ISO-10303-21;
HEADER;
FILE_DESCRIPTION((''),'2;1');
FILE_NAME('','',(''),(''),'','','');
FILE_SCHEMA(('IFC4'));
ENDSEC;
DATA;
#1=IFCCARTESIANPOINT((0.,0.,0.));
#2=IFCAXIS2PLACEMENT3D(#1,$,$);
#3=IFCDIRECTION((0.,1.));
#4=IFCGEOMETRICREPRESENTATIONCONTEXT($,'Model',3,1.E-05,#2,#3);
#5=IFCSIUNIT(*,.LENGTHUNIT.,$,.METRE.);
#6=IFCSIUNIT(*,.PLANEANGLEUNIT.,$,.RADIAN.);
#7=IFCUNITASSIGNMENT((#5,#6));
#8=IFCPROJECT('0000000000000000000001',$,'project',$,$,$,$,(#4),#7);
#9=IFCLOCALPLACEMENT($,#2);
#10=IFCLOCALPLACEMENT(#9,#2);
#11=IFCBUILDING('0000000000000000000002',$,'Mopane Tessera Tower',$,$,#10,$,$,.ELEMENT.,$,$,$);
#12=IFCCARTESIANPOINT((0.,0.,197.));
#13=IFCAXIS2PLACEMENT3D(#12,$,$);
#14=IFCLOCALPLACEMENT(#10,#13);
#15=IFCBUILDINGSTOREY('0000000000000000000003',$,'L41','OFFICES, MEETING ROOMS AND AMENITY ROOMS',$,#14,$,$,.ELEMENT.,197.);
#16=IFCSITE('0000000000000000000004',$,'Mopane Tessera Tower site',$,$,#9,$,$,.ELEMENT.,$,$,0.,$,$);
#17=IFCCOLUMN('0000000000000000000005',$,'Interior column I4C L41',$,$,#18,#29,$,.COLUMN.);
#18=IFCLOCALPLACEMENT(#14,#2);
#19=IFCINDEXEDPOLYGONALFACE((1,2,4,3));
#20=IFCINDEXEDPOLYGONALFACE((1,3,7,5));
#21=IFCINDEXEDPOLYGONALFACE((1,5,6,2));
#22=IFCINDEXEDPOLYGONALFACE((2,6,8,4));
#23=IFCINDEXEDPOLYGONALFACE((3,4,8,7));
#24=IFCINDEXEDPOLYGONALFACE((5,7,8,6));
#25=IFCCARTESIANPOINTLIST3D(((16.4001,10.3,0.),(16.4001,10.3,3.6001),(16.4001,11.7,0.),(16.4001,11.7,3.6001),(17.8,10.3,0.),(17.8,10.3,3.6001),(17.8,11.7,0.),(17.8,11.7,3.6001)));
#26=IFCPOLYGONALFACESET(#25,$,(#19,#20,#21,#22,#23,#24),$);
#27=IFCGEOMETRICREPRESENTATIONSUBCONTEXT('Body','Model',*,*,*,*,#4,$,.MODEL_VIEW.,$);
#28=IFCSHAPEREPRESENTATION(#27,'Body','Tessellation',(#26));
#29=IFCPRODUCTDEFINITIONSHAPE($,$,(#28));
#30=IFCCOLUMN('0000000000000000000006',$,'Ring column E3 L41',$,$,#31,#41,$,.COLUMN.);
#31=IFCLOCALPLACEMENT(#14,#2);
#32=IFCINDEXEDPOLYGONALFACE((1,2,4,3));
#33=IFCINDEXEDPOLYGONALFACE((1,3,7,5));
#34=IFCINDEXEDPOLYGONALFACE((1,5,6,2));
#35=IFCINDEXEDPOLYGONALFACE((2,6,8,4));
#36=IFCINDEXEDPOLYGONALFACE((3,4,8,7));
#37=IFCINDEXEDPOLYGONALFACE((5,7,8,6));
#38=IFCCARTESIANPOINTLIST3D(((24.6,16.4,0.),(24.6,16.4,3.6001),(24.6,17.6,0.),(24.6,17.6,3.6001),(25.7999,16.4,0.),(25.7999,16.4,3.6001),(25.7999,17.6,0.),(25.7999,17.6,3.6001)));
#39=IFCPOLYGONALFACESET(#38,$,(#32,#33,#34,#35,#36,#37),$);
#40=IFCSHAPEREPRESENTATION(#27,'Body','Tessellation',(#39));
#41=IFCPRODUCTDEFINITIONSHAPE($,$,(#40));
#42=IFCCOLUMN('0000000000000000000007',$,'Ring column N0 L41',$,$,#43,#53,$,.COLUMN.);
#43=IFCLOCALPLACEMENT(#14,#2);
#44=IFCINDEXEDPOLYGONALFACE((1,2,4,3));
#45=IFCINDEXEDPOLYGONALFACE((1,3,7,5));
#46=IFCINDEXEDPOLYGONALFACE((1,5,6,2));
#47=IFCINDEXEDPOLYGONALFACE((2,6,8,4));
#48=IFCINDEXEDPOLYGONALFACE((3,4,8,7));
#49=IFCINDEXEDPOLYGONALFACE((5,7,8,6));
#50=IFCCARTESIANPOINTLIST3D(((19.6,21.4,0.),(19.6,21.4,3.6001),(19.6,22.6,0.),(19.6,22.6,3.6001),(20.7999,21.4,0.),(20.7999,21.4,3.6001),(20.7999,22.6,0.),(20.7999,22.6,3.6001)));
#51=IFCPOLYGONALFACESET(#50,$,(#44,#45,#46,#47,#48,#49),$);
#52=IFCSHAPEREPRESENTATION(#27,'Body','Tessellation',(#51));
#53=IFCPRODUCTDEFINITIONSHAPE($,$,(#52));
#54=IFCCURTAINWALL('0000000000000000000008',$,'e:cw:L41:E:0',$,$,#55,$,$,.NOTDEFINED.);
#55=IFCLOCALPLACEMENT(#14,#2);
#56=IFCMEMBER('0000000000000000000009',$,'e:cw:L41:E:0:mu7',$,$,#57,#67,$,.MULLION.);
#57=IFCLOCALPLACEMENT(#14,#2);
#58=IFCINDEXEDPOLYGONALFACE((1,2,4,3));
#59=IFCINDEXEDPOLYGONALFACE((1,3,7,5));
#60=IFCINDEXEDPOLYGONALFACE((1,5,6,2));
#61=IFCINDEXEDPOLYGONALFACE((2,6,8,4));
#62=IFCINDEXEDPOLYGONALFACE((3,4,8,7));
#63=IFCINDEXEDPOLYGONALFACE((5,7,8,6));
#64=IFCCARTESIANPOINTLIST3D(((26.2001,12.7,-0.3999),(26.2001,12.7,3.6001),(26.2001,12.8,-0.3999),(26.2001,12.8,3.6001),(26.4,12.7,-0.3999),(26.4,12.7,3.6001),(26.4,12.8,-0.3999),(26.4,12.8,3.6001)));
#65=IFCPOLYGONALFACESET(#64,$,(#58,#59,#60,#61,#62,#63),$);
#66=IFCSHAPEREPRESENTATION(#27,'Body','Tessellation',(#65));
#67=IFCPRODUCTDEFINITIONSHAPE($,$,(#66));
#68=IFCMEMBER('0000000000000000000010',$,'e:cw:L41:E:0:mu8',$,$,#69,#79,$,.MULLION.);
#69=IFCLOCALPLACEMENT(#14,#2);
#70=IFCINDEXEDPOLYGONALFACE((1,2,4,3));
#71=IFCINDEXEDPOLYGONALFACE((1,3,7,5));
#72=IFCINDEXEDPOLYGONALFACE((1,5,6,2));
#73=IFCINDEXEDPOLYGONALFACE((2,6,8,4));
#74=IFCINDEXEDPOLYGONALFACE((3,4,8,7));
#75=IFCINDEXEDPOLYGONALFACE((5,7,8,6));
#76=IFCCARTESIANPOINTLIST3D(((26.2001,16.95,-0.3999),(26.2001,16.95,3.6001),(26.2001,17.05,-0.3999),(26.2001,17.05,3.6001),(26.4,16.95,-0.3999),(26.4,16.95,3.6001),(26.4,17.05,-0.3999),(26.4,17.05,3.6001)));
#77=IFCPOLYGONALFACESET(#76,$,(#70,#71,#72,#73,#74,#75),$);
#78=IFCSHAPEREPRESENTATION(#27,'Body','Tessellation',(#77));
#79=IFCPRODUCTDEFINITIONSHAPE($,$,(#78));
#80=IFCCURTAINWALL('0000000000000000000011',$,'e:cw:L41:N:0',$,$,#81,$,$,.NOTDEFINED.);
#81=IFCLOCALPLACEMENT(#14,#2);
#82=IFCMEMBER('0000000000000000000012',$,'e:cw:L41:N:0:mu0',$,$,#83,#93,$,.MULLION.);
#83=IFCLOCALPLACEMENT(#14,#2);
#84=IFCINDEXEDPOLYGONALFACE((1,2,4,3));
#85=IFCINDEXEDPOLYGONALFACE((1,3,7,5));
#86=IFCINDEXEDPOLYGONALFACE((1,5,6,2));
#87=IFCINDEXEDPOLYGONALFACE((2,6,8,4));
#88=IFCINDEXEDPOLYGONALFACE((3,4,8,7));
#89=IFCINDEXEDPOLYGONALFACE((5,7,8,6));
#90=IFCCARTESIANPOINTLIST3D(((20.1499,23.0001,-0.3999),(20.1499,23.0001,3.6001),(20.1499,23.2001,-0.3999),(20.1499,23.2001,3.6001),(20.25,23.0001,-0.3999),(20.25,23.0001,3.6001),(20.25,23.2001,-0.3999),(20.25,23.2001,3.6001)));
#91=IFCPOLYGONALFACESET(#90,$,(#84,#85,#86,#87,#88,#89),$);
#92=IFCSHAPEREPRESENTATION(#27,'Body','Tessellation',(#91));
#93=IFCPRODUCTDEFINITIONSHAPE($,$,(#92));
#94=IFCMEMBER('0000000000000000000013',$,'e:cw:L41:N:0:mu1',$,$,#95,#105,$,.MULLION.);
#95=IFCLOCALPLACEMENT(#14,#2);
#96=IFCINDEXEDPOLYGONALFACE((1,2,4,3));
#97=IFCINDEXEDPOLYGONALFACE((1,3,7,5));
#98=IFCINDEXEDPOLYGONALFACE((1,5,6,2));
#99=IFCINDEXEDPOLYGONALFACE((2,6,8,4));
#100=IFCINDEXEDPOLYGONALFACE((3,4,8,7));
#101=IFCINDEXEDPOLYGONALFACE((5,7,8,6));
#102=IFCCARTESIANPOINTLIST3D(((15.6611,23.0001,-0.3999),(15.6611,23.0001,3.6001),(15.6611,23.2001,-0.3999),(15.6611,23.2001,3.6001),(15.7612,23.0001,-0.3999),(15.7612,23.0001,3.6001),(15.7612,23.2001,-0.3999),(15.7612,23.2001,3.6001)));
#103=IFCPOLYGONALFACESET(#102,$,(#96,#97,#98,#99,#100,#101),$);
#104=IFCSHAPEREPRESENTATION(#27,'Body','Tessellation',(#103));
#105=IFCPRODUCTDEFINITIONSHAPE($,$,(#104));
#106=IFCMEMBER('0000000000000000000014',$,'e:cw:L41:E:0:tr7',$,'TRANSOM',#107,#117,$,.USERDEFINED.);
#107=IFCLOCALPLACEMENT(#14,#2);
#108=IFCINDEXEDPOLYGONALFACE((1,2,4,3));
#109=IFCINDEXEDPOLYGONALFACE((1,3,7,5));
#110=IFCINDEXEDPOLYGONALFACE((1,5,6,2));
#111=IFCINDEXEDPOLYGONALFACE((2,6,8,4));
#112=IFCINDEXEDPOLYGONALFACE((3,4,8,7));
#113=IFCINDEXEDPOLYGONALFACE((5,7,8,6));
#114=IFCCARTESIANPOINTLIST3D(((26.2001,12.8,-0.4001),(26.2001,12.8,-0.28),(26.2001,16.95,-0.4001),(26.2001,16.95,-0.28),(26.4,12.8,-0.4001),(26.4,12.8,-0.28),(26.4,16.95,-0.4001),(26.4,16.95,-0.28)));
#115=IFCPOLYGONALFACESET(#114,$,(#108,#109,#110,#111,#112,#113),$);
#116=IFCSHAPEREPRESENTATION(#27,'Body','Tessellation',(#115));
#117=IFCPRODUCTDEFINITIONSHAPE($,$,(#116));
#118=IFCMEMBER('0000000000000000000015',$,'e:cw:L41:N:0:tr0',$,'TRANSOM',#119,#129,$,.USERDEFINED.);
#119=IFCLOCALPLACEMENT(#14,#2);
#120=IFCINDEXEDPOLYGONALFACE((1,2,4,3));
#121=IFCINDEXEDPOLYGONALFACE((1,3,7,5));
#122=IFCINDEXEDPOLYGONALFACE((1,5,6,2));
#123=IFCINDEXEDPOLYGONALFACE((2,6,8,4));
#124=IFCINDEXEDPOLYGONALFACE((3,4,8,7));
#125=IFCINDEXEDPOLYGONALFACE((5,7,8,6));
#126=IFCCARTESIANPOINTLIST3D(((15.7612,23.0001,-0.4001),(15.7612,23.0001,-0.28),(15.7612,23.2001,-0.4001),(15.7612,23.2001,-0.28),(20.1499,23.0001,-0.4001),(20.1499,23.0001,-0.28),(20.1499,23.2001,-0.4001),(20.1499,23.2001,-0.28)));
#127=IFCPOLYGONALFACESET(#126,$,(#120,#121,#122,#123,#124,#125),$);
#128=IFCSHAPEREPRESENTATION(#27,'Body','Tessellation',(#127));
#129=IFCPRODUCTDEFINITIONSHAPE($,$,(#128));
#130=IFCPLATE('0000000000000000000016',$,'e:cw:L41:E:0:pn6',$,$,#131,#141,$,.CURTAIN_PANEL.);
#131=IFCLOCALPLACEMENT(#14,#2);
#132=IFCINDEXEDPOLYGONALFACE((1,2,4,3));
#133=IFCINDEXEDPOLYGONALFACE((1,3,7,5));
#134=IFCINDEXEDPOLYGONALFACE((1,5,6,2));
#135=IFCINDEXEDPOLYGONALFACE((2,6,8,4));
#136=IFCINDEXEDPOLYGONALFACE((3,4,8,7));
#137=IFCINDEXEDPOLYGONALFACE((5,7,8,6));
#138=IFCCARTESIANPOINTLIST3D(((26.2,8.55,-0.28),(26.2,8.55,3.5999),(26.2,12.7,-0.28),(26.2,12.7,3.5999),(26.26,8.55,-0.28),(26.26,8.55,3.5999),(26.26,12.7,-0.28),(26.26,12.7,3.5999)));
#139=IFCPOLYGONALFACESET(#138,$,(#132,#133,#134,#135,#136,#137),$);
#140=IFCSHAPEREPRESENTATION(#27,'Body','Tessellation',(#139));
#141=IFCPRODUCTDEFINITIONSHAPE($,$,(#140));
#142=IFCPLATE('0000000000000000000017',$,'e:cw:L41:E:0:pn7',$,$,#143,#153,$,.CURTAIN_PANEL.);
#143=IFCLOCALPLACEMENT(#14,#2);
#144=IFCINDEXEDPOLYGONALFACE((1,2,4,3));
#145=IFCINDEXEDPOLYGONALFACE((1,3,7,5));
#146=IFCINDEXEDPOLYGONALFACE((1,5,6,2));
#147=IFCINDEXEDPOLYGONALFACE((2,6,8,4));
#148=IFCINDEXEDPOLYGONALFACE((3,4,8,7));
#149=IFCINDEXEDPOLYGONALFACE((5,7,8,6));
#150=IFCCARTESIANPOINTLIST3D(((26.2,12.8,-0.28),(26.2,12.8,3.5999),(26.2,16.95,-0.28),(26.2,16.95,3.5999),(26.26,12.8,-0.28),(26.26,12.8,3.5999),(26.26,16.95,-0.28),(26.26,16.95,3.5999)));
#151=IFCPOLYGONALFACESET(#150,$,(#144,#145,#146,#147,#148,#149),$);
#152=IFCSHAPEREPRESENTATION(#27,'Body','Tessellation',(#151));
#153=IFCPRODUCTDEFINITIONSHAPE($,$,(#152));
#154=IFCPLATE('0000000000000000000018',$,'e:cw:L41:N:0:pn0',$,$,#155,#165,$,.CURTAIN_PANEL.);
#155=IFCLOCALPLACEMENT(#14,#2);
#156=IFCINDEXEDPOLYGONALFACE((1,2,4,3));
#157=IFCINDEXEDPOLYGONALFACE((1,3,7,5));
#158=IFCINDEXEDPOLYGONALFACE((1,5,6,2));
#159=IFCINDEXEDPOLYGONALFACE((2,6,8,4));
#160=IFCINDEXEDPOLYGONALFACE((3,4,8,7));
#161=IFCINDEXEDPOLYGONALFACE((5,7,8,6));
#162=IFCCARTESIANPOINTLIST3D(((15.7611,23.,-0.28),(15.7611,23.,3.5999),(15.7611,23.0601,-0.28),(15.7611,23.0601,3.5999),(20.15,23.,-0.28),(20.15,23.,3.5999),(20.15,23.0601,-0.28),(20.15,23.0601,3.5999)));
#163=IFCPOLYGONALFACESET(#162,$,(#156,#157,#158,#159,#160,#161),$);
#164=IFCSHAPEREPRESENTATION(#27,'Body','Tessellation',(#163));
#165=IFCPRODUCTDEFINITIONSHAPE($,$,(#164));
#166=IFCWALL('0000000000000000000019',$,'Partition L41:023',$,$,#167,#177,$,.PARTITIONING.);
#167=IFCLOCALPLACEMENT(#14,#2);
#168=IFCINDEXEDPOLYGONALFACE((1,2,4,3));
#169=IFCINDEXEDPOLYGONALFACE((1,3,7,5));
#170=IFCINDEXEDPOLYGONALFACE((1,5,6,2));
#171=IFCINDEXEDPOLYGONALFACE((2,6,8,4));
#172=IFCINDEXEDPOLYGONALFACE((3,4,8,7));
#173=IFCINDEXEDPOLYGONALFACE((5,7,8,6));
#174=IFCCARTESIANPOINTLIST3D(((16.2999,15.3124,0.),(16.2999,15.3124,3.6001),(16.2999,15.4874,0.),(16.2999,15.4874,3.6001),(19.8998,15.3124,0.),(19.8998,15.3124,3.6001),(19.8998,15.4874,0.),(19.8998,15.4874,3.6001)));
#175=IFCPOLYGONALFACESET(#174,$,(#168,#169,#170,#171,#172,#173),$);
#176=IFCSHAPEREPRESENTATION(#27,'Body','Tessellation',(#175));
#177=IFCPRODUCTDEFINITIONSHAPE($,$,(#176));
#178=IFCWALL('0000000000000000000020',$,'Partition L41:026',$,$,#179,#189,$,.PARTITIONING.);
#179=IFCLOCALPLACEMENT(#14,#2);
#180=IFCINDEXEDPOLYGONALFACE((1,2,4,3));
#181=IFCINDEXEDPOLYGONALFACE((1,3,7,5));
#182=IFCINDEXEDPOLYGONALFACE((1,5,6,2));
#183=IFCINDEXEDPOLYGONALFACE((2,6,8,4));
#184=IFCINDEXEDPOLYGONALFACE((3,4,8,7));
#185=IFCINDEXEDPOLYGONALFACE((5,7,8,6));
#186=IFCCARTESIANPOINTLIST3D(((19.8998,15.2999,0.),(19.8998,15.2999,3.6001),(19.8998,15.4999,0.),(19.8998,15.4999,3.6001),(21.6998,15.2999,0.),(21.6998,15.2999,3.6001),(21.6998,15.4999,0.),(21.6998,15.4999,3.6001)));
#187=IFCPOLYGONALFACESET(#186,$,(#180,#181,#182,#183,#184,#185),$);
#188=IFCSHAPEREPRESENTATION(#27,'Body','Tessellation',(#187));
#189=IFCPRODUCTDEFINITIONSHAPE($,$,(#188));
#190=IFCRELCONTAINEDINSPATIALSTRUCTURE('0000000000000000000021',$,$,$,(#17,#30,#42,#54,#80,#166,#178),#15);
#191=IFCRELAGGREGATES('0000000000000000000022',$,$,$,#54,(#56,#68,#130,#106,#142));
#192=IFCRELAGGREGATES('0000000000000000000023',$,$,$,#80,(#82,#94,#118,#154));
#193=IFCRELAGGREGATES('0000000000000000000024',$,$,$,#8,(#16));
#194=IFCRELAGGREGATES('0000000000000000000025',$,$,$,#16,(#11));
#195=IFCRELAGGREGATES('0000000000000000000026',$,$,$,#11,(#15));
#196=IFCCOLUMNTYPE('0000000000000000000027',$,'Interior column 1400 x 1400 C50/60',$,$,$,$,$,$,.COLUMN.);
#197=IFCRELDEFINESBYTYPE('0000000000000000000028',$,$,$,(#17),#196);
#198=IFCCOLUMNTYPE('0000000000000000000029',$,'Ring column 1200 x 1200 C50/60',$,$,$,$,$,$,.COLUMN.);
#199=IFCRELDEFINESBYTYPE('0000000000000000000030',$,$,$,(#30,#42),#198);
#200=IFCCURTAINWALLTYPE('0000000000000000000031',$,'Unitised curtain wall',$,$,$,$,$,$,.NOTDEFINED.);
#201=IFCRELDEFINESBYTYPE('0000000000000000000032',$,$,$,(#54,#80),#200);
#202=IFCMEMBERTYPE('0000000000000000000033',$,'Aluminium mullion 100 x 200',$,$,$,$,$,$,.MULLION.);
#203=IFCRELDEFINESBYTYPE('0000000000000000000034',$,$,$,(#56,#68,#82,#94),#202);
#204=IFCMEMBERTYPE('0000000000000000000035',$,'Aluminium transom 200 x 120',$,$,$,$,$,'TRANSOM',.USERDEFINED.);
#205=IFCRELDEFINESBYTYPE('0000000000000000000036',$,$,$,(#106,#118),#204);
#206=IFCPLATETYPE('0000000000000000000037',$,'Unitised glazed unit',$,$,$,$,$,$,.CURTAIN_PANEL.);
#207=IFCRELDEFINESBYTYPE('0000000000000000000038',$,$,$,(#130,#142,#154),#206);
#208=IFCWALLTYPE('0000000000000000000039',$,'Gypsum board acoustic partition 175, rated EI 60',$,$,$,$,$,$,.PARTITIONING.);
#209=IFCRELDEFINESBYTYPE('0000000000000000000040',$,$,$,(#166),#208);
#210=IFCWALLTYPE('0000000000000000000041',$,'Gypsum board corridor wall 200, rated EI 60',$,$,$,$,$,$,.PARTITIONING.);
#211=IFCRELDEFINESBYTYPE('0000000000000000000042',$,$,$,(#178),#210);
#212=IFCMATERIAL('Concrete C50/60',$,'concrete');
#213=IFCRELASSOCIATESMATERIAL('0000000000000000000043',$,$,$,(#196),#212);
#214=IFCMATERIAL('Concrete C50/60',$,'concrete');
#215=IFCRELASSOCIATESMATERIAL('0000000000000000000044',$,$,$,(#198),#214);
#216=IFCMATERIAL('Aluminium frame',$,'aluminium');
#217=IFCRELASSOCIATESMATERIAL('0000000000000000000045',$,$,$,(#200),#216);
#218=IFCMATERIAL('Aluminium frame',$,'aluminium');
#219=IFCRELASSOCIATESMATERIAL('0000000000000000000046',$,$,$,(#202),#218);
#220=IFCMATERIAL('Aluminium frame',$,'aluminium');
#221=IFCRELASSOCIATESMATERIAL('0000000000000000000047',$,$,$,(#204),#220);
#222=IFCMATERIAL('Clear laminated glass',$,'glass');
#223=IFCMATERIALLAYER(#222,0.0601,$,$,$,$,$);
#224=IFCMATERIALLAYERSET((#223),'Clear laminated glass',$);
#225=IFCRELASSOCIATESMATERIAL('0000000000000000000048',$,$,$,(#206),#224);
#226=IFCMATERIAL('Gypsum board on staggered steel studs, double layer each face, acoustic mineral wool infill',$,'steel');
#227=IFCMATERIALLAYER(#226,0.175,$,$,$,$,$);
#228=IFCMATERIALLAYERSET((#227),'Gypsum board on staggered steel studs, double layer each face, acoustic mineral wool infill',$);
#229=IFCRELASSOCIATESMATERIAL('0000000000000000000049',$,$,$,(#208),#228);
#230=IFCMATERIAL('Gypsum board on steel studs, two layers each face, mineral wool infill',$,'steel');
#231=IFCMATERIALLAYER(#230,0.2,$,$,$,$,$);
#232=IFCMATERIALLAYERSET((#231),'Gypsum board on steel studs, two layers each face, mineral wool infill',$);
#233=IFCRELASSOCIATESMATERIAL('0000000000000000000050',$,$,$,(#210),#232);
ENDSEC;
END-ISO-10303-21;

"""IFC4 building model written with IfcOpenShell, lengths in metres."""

from ifc_helpers import new_model, si_unit, direction, frame, frame_2d, origin, origin_2d, place, context, subcontext, project, spatial, rectangle, extrude, material, layer, layer_set, material_profile, profile_set, type_object, element, aggregate, save


model = new_model("IFC4")

# Units and contexts
model_context = context("Model", 3, precision=1e-05, world=origin(), true_north=direction((0.0, 1.0)))
body_context = subcontext(model_context, "Body", "Model", "MODEL_VIEW")
ifc_project = project(units=[si_unit("LENGTHUNIT", "METRE"), si_unit("PLANEANGLEUNIT", "RADIAN")], contexts=[model_context])

# Site, building, storey
site_placement = place(None, origin())
site = spatial("IfcSite", under=ifc_project, at=site_placement, Name="Mopane Tessera Tower site", CompositionType="ELEMENT", RefElevation=0.0)
building_placement = place(site_placement, origin())
building = spatial("IfcBuilding", under=site, at=building_placement, Name="Mopane Tessera Tower", CompositionType="ELEMENT")
storey_placement = place(building_placement, frame((0.0, 0.0, 197.0)))
storey = spatial("IfcBuildingStorey", under=building, at=storey_placement, Name="L41", Description="OFFICES, MEETING ROOMS AND AMENITY ROOMS", CompositionType="ELEMENT", Elevation=197.0)

# Columns
ifc_material_1 = material(Name="Concrete C50/60", Category="concrete")
ifc_material_profile_1 = material_profile(ifc_material_1, rectangle(XDim=1.3999, YDim=1.3999, at=origin_2d()))
ifc_profile_set_1 = profile_set([ifc_material_profile_1], Name="Concrete C50/60")
column_type_1 = type_object("IfcColumnType", Name="Interior column 1400 x 1400 C50/60", PredefinedType="COLUMN", material=ifc_profile_set_1)
column_placement = place(storey_placement, frame((17.1001, 11.0, 0.0), z_axis=(0.0, 0.0, 1.0), x_axis=(1.0, 0.0, 0.0)))
element("IfcColumn", 1, at=column_placement, inside=storey, type_object=column_type_1, Name="Interior column I4C L41", PredefinedType="COLUMN", context=body_context, shape_type="SweptSolid", body=[
    extrude(rectangle(XDim=1.3999, YDim=1.3999, at=origin_2d()), origin(), (0.0, 0.0, 1.0), 3.6001),
])
ifc_material_2 = material(Name="Concrete C50/60", Category="concrete")
ifc_material_profile_2 = material_profile(ifc_material_2, rectangle(XDim=1.2, YDim=1.2, at=origin_2d()))
ifc_profile_set_2 = profile_set([ifc_material_profile_2], Name="Concrete C50/60")
column_type_2 = type_object("IfcColumnType", Name="Ring column 1200 x 1200 C50/60", PredefinedType="COLUMN", material=ifc_profile_set_2)
for number, where, z_axis, x_axis, name in (
    (2, (25.2, 17.0, 0.0), (0.0, 0.0, 1.0), (1.0, 0.0, 0.0), "Ring column E3 L41"),
    (3, (20.2, 22.0, 0.0), (0.0, 0.0, 1.0), (1.0, 0.0, 0.0), "Ring column N0 L41"),
):
    element("IfcColumn", number, at=place(storey_placement, frame(where, z_axis=z_axis, x_axis=x_axis)), inside=storey, type_object=column_type_2, Name=name, PredefinedType="COLUMN", context=body_context, shape_type="SweptSolid", body=[
        extrude(rectangle(XDim=1.2, YDim=1.2, at=origin_2d()), origin(), (0.0, 0.0, 1.0), 3.6001),
    ])

# Curtain walls, members
ifc_material_3 = material(Name="Aluminium frame", Category="aluminium")
curtain_wall_type = type_object("IfcCurtainWallType", Name="Unitised curtain wall", PredefinedType="NOTDEFINED", material=ifc_material_3)
curtain_wall_1_placement = place(storey_placement, origin())
curtain_wall_1 = element("IfcCurtainWall", 4, at=curtain_wall_1_placement, inside=storey, type_object=curtain_wall_type, Name="e:cw:L41:E:0", PredefinedType="NOTDEFINED")
ifc_material_4 = material(Name="Aluminium frame", Category="aluminium")
ifc_material_profile_3 = material_profile(ifc_material_4, rectangle(XDim=0.1001, YDim=0.2, at=origin_2d()))
ifc_profile_set_3 = profile_set([ifc_material_profile_3], Name="Aluminium frame")
member_type_1 = type_object("IfcMemberType", Name="Aluminium mullion 100 x 200", PredefinedType="MULLION", material=ifc_profile_set_3)
member_1_placement = place(storey_placement, frame((26.3, 12.75, -0.3999), z_axis=(0.0, 0.0, 1.0), x_axis=(0.0, 1.0, 0.0)))
member_1 = element("IfcMember", 5, at=member_1_placement, type_object=member_type_1, Name="e:cw:L41:E:0:mu7", PredefinedType="MULLION", context=body_context, shape_type="SweptSolid", body=[
    extrude(rectangle(XDim=0.1001, YDim=0.2, at=origin_2d()), origin(), (0.0, 0.0, 1.0), 4.0),
])
member_2_placement = place(storey_placement, frame((26.3, 17.0, -0.3999), z_axis=(0.0, 0.0, 1.0), x_axis=(0.0, 1.0, 0.0)))
member_2 = element("IfcMember", 6, at=member_2_placement, type_object=member_type_1, Name="e:cw:L41:E:0:mu8", PredefinedType="MULLION", context=body_context, shape_type="SweptSolid", body=[
    extrude(rectangle(XDim=0.1001, YDim=0.2, at=origin_2d()), origin(), (0.0, 0.0, 1.0), 4.0),
])
curtain_wall_2_placement = place(storey_placement, origin())
curtain_wall_2 = element("IfcCurtainWall", 7, at=curtain_wall_2_placement, inside=storey, type_object=curtain_wall_type, Name="e:cw:L41:N:0", PredefinedType="NOTDEFINED")
member_3_placement = place(storey_placement, frame((20.2, 23.1001, -0.3999), z_axis=(0.0, 0.0, 1.0), x_axis=(-1.0, 0.0, 0.0)))
member_3 = element("IfcMember", 8, at=member_3_placement, type_object=member_type_1, Name="e:cw:L41:N:0:mu0", PredefinedType="MULLION", context=body_context, shape_type="SweptSolid", body=[
    extrude(rectangle(XDim=0.1001, YDim=0.2, at=origin_2d()), origin(), (0.0, 0.0, 1.0), 4.0),
])
member_4_placement = place(storey_placement, frame((15.7112, 23.1001, -0.3999), z_axis=(0.0, 0.0, 1.0), x_axis=(-1.0, 0.0, 0.0)))
member_4 = element("IfcMember", 9, at=member_4_placement, type_object=member_type_1, Name="e:cw:L41:N:0:mu1", PredefinedType="MULLION", context=body_context, shape_type="SweptSolid", body=[
    extrude(rectangle(XDim=0.1001, YDim=0.2, at=origin_2d()), origin(), (0.0, 0.0, 1.0), 4.0),
])

# Members
ifc_material_5 = material(Name="Aluminium frame", Category="aluminium")
ifc_material_profile_4 = material_profile(ifc_material_5, rectangle(XDim=0.2, YDim=0.1201, at=origin_2d()))
ifc_profile_set_4 = profile_set([ifc_material_profile_4], Name="Aluminium frame")
member_type_2 = type_object("IfcMemberType", Name="Aluminium transom 200 x 120", ElementType="TRANSOM", PredefinedType="USERDEFINED", material=ifc_profile_set_4)
member_5_placement = place(storey_placement, frame((26.3, 12.8, -0.3401), z_axis=(0.0, 1.0, 0.0), x_axis=(-1.0, 0.0, 0.0)))
member_5 = element("IfcMember", 10, at=member_5_placement, type_object=member_type_2, Name="e:cw:L41:E:0:tr7", ObjectType="TRANSOM", PredefinedType="USERDEFINED", context=body_context, shape_type="SweptSolid", body=[
    extrude(rectangle(XDim=0.2, YDim=0.1201, at=origin_2d()), origin(), (0.0, 0.0, 1.0), 4.1499),
])
member_6_placement = place(storey_placement, frame((20.1499, 23.1001, -0.3401), z_axis=(-1.0, 0.0, 0.0), x_axis=(0.0, -1.0, 0.0)))
member_6 = element("IfcMember", 11, at=member_6_placement, type_object=member_type_2, Name="e:cw:L41:N:0:tr0", ObjectType="TRANSOM", PredefinedType="USERDEFINED", context=body_context, shape_type="SweptSolid", body=[
    extrude(rectangle(XDim=0.2, YDim=0.1201, at=origin_2d()), origin(), (0.0, 0.0, 1.0), 4.3887),
])

# Plates
ifc_material_6 = material(Name="Clear laminated glass", Category="glass")
ifc_layer_1 = layer(ifc_material_6, 0.0601)
ifc_layer_set_1 = layer_set([ifc_layer_1], Name="Clear laminated glass")
plate_type = type_object("IfcPlateType", Name="Unitised glazed unit", PredefinedType="CURTAIN_PANEL", material=ifc_layer_set_1)
plate_1_placement = place(storey_placement, frame((26.23, 10.625, -0.28), z_axis=(0.0, 0.0, 1.0), x_axis=(0.0, 1.0, 0.0)))
plate_1 = element("IfcPlate", 12, at=plate_1_placement, type_object=plate_type, Name="e:cw:L41:E:0:pn6", PredefinedType="CURTAIN_PANEL", context=body_context, shape_type="SweptSolid", body=[
    extrude(rectangle(XDim=4.1499, YDim=0.0601, at=origin_2d()), origin(), (0.0, 0.0, 1.0), 3.8799),
])
plate_2_placement = place(storey_placement, frame((26.23, 14.875, -0.28), z_axis=(0.0, 0.0, 1.0), x_axis=(0.0, 1.0, 0.0)))
plate_2 = element("IfcPlate", 13, at=plate_2_placement, type_object=plate_type, Name="e:cw:L41:E:0:pn7", PredefinedType="CURTAIN_PANEL", context=body_context, shape_type="SweptSolid", body=[
    extrude(rectangle(XDim=4.1499, YDim=0.0601, at=origin_2d()), origin(), (0.0, 0.0, 1.0), 3.8799),
])
aggregate(curtain_wall_1, [member_1, member_2, plate_1, member_5, plate_2])
plate_3_placement = place(storey_placement, frame((17.9556, 23.03, -0.28), z_axis=(0.0, 0.0, 1.0), x_axis=(-1.0, 0.0, 0.0)))
plate_3 = element("IfcPlate", 14, at=plate_3_placement, type_object=plate_type, Name="e:cw:L41:N:0:pn0", PredefinedType="CURTAIN_PANEL", context=body_context, shape_type="SweptSolid", body=[
    extrude(rectangle(XDim=4.3889, YDim=0.0601, at=origin_2d()), origin(), (0.0, 0.0, 1.0), 3.8799),
])
aggregate(curtain_wall_2, [member_3, member_4, member_6, plate_3])

# Walls
ifc_material_7 = material(Name="Gypsum board on staggered steel studs, double layer each face, acoustic mineral wool infill", Category="steel")
ifc_layer_2 = layer(ifc_material_7, 0.175)
ifc_layer_set_2 = layer_set([ifc_layer_2], Name="Gypsum board on staggered steel studs, double layer each face, acoustic mineral wool infill")
wall_type_1 = type_object("IfcWallType", Name="Gypsum board acoustic partition 175, rated EI 60", PredefinedType="PARTITIONING", material=ifc_layer_set_2)
wall_1_placement = place(storey_placement, frame((16.3, 15.3999, 0.0), z_axis=(0.0, 0.0, 1.0), x_axis=(1.0, 0.0, 0.0)))
element("IfcWall", 15, at=wall_1_placement, inside=storey, type_object=wall_type_1, Name="Partition L41:023", PredefinedType="PARTITIONING", context=body_context, shape_type="SweptSolid", body=[
    extrude(rectangle(XDim=3.5999, YDim=0.175, at=frame_2d((1.7998, 0.0))), origin(), (0.0, 0.0, 1.0), 3.6001),
])
ifc_material_8 = material(Name="Gypsum board on steel studs, two layers each face, mineral wool infill", Category="steel")
ifc_layer_3 = layer(ifc_material_8, 0.2)
ifc_layer_set_3 = layer_set([ifc_layer_3], Name="Gypsum board on steel studs, two layers each face, mineral wool infill")
wall_type_2 = type_object("IfcWallType", Name="Gypsum board corridor wall 200, rated EI 60", PredefinedType="PARTITIONING", material=ifc_layer_set_3)
wall_2_placement = place(storey_placement, frame((19.8999, 15.3999, 0.0), z_axis=(0.0, 0.0, 1.0), x_axis=(1.0, 0.0, 0.0)))
element("IfcWall", 16, at=wall_2_placement, inside=storey, type_object=wall_type_2, Name="Partition L41:026", PredefinedType="PARTITIONING", context=body_context, shape_type="SweptSolid", body=[
    extrude(rectangle(XDim=1.8, YDim=0.2, at=frame_2d((0.8999, 0.0))), origin(), (0.0, 0.0, 1.0), 3.6001),
])

save(model, "model.ifc")
